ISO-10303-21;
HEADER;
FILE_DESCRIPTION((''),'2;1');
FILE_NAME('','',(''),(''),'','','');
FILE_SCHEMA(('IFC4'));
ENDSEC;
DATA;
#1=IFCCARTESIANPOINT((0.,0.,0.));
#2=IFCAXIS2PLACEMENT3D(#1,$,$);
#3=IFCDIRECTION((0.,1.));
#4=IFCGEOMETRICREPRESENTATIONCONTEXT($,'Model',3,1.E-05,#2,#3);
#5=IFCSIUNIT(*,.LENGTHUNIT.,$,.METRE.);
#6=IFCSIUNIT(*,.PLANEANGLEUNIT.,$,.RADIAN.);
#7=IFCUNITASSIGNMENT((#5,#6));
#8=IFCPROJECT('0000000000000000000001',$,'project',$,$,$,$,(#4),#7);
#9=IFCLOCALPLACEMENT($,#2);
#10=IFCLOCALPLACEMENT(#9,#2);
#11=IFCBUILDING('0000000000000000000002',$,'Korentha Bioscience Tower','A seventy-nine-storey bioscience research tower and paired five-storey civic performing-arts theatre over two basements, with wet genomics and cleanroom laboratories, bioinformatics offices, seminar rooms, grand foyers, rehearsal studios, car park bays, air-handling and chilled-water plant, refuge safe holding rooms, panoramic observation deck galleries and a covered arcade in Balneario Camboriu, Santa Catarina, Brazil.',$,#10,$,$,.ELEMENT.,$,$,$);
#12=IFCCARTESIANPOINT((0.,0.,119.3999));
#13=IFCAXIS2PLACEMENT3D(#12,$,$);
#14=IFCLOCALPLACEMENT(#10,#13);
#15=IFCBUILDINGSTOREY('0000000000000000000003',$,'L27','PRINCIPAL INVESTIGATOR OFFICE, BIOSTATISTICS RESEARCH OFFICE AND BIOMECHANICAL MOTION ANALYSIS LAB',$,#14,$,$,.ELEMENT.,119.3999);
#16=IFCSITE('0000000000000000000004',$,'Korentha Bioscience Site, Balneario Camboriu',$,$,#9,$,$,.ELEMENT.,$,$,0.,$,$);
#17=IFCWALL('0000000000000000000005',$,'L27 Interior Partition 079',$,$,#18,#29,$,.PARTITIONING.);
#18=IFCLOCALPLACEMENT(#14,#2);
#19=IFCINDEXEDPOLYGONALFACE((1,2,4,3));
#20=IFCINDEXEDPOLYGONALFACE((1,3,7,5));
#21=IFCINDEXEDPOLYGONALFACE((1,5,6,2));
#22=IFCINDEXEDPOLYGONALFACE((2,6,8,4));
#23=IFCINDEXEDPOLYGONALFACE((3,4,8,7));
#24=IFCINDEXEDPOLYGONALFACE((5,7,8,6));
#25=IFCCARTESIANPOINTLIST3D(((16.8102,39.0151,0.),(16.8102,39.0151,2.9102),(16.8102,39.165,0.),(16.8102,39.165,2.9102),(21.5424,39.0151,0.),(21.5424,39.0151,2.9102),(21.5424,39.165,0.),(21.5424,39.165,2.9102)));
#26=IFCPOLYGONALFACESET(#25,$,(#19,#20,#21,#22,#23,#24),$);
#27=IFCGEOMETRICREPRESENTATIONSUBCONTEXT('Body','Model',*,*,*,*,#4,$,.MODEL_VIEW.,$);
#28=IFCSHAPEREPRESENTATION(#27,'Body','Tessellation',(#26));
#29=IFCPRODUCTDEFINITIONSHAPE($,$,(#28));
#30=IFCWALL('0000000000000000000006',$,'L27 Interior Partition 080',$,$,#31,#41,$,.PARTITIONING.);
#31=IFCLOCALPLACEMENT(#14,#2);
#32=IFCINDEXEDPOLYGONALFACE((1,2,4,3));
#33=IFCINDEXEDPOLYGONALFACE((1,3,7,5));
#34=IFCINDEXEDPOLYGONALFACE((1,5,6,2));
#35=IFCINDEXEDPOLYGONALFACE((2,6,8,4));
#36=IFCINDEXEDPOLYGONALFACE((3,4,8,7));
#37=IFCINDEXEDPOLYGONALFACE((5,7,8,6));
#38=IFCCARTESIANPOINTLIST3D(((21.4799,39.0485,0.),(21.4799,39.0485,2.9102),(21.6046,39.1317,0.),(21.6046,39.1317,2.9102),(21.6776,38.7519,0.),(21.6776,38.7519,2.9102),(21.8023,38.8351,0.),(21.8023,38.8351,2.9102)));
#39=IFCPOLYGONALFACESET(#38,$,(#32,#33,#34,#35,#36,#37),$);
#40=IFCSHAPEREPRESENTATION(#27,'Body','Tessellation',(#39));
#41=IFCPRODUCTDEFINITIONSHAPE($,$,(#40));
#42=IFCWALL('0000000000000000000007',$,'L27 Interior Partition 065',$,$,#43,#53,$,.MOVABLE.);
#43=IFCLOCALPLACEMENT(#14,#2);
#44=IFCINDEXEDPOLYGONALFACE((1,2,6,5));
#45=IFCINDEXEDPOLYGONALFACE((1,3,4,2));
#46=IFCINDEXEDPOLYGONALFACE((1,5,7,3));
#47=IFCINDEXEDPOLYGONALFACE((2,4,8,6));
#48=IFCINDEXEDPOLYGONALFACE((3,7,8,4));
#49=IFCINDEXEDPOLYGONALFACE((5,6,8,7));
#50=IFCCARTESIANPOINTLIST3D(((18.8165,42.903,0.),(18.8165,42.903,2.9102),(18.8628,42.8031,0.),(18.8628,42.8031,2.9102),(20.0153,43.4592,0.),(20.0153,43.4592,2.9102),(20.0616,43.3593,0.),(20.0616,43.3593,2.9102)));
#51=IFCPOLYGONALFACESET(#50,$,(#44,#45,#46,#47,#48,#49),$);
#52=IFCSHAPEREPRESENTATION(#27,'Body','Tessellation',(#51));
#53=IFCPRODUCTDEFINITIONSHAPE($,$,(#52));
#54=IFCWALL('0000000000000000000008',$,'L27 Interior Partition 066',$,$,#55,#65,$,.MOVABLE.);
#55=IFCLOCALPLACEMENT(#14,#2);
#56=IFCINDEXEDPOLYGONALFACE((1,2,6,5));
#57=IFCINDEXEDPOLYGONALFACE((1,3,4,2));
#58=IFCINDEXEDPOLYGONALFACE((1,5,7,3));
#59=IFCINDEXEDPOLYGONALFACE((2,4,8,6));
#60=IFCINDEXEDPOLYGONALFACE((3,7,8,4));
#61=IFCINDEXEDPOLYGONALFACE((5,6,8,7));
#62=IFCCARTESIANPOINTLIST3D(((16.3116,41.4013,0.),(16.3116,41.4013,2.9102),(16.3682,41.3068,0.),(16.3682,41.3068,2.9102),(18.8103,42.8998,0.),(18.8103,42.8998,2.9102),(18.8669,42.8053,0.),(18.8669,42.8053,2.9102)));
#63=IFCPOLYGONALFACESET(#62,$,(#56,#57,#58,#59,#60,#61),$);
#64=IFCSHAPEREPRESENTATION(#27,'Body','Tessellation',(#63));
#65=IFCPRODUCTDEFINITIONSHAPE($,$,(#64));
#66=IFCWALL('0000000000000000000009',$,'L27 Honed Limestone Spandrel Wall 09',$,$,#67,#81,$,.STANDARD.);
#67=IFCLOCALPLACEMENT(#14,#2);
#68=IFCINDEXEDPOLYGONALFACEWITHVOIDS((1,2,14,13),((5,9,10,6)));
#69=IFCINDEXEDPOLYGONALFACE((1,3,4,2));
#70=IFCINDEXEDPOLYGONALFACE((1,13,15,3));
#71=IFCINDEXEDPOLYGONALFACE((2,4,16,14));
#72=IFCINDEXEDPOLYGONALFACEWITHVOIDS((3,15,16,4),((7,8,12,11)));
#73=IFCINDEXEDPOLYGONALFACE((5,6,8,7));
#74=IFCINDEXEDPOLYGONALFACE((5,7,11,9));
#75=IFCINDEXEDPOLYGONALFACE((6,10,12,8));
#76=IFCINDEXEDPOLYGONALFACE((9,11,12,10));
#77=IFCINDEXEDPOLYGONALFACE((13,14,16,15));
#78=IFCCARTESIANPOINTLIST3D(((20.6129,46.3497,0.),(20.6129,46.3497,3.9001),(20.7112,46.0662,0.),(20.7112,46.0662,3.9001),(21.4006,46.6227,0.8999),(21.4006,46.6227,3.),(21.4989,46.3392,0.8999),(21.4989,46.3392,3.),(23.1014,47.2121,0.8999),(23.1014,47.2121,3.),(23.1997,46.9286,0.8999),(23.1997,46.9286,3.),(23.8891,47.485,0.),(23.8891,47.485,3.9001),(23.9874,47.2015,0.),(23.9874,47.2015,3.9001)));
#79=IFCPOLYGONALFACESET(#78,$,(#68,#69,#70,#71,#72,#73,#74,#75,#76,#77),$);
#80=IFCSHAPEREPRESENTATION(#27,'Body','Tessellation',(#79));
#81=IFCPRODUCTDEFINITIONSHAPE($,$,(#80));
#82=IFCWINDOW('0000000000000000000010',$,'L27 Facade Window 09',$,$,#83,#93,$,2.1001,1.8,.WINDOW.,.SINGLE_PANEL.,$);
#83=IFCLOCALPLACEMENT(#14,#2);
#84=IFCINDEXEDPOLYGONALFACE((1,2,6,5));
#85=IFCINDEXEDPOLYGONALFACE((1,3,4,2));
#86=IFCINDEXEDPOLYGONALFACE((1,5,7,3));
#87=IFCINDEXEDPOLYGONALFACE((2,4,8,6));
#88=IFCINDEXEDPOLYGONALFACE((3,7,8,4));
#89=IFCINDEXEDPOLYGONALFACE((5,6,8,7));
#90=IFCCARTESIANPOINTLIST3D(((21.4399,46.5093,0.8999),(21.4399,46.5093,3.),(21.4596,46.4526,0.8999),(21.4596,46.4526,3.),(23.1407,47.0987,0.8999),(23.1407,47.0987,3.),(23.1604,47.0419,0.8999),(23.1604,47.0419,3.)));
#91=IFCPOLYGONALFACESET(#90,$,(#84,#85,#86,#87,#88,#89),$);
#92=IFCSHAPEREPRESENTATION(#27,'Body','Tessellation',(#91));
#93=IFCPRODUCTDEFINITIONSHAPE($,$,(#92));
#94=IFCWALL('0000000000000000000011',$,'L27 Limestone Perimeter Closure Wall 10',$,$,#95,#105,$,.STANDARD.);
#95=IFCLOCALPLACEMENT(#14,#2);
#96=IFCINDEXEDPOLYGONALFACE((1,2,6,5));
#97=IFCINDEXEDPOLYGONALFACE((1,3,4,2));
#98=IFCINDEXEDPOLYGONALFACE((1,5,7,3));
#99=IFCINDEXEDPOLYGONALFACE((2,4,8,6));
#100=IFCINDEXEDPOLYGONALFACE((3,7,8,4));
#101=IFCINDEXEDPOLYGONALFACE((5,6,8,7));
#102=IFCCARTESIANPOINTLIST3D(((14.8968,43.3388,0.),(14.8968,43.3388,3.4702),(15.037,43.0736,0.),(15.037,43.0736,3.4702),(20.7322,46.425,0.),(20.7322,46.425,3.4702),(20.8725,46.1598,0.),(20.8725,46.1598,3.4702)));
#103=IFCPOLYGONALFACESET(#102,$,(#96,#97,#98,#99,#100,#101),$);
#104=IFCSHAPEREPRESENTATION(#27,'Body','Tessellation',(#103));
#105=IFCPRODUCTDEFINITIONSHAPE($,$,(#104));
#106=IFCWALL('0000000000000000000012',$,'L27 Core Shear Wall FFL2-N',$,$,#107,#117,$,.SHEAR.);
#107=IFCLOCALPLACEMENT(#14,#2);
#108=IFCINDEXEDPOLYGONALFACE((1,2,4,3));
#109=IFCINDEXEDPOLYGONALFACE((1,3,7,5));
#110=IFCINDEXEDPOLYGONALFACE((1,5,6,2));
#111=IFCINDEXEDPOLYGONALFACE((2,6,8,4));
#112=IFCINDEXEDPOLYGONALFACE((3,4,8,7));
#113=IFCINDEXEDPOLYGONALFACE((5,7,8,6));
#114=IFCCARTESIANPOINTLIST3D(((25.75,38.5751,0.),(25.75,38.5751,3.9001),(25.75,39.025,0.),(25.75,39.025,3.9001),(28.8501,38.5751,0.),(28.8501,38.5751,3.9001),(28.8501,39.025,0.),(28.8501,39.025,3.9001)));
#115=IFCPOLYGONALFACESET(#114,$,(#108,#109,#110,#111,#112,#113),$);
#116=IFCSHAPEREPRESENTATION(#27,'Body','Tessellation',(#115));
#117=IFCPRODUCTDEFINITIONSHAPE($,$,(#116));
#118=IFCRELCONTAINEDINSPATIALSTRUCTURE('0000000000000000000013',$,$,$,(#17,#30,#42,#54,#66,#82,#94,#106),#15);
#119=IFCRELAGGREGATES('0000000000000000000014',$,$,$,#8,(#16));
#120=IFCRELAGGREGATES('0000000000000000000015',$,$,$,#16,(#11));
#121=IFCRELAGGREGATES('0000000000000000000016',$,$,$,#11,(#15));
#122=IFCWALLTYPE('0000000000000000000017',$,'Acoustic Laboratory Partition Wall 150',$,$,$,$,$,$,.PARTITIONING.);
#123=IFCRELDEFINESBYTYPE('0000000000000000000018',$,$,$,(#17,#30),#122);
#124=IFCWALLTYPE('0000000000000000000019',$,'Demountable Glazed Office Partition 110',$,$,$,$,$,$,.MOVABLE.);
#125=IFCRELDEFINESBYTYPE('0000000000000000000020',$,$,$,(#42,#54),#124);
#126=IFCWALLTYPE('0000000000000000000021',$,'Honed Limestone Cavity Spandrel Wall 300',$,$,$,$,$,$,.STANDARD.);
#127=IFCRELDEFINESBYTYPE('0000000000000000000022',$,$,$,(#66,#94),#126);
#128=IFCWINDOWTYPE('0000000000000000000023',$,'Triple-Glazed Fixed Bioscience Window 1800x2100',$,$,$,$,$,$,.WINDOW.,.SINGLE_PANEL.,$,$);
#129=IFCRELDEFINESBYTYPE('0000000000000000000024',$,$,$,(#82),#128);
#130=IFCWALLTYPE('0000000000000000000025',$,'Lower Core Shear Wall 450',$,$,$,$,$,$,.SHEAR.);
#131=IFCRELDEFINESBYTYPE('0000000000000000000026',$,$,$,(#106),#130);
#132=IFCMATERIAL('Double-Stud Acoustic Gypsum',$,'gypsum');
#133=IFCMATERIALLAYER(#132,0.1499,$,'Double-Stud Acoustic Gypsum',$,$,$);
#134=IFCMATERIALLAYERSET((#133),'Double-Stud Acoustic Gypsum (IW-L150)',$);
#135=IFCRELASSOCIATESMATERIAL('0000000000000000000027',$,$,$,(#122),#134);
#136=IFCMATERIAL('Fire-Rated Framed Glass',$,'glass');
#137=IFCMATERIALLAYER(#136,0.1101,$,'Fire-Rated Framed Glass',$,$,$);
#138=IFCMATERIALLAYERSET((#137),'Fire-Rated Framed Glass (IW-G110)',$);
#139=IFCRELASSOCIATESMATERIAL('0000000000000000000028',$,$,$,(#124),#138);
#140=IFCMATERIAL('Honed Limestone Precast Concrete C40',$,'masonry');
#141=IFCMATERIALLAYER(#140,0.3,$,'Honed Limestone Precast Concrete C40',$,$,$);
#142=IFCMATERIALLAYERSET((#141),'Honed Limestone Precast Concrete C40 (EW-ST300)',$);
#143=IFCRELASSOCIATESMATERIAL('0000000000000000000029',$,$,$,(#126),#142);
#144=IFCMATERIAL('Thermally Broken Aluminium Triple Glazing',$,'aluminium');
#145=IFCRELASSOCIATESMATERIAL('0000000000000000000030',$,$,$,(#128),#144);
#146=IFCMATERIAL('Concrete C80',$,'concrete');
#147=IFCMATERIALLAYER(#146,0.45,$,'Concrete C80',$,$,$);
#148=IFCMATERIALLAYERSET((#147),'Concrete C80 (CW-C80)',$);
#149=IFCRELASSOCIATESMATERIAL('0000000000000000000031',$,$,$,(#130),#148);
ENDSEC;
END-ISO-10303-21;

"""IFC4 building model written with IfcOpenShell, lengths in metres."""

from ifc_helpers import new_model, si_unit, direction, frame, frame_2d, origin, place, context, subcontext, project, spatial, rectangle, extrude, material, layer, layer_set, type_object, element, fill, save


model = new_model("IFC4")

# Units and contexts
model_context = context("Model", 3, precision=1e-05, world=origin(), true_north=direction((0.0, 1.0)))
body_context = subcontext(model_context, "Body", "Model", "MODEL_VIEW")
ifc_project = project(units=[si_unit("LENGTHUNIT", "METRE"), si_unit("PLANEANGLEUNIT", "RADIAN")], contexts=[model_context])

# Site, building, storey
site_placement = place(None, origin())
site = spatial("IfcSite", under=ifc_project, at=site_placement, Name="Korentha Bioscience Site, Balneario Camboriu", CompositionType="ELEMENT", RefElevation=0.0)
building_placement = place(site_placement, origin())
building = spatial("IfcBuilding", under=site, at=building_placement, Name="Korentha Bioscience Tower", Description="A seventy-nine-storey bioscience research tower and paired five-storey civic performing-arts theatre over two basements, with wet genomics and cleanroom laboratories, bioinformatics offices, seminar rooms, grand foyers, rehearsal studios, car park bays, air-handling and chilled-water plant, refuge safe holding rooms, panoramic observation deck galleries and a covered arcade in Balneario Camboriu, Santa Catarina, Brazil.", CompositionType="ELEMENT")
storey_placement = place(building_placement, frame((0.0, 0.0, 119.3999)))
storey = spatial("IfcBuildingStorey", under=building, at=storey_placement, Name="L27", Description="PRINCIPAL INVESTIGATOR OFFICE, BIOSTATISTICS RESEARCH OFFICE AND BIOMECHANICAL MOTION ANALYSIS LAB", CompositionType="ELEMENT", Elevation=119.3999)

# Shared definitions
ifc_material_1 = material(Name="Concrete C80", Category="concrete")

# Walls
ifc_material_2 = material(Name="Double-Stud Acoustic Gypsum", Category="gypsum")
ifc_layer_1 = layer(ifc_material_2, 0.1499, Name="Double-Stud Acoustic Gypsum")
ifc_layer_set_1 = layer_set([ifc_layer_1], Name="Double-Stud Acoustic Gypsum (IW-L150)")
wall_type_1 = type_object("IfcWallType", Name="Acoustic Laboratory Partition Wall 150", PredefinedType="PARTITIONING", material=ifc_layer_set_1)
wall_1_placement = place(storey_placement, frame((16.8101, 39.0901, 0.0), z_axis=(0.0, 0.0, 1.0), x_axis=(1.0, 0.0, 0.0)))
element("IfcWall", 1, at=wall_1_placement, inside=storey, type_object=wall_type_1, Name="L27 Interior Partition 079", PredefinedType="PARTITIONING", context=body_context, shape_type="SweptSolid", body=[
    extrude(rectangle(XDim=4.7322, YDim=0.1499, at=frame_2d((2.3662, 0.0))), origin(), (0.0, 0.0, 1.0), 2.9102),
])
wall_2_placement = place(storey_placement, frame((21.5422, 39.0901, 0.0), z_axis=(0.0, 0.0, 1.0), x_axis=(0.5547, -0.83205, 0.0)))
element("IfcWall", 2, at=wall_2_placement, inside=storey, type_object=wall_type_1, Name="L27 Interior Partition 080", PredefinedType="PARTITIONING", context=body_context, shape_type="SweptSolid", body=[
    extrude(rectangle(XDim=0.3564, YDim=0.1499, at=frame_2d((0.1782, 0.0))), origin(), (0.0, 0.0, 1.0), 2.9102),
])
ifc_material_3 = material(Name="Fire-Rated Framed Glass", Category="glass")
ifc_layer_2 = layer(ifc_material_3, 0.1101, Name="Fire-Rated Framed Glass")
ifc_layer_set_2 = layer_set([ifc_layer_2], Name="Fire-Rated Framed Glass (IW-G110)")
wall_type_2 = type_object("IfcWallType", Name="Demountable Glazed Office Partition 110", PredefinedType="MOVABLE", material=ifc_layer_set_2)
wall_3_placement = place(storey_placement, frame((20.0383, 43.4092, 0.0), z_axis=(0.0, 0.0, 1.0), x_axis=(-0.907125, -0.420862, 0.0)))
element("IfcWall", 3, at=wall_3_placement, inside=storey, type_object=wall_type_2, Name="L27 Interior Partition 065", PredefinedType="MOVABLE", context=body_context, shape_type="SweptSolid", body=[
    extrude(rectangle(XDim=1.3215, YDim=0.1101, at=frame_2d((0.6606, 0.0))), origin(), (0.0, 0.0, 1.0), 2.9102),
])
wall_4_placement = place(storey_placement, frame((18.8386, 42.8525, 0.0), z_axis=(0.0, 0.0, 1.0), x_axis=(-0.857604, -0.514311, 0.0)))
element("IfcWall", 4, at=wall_4_placement, inside=storey, type_object=wall_type_2, Name="L27 Interior Partition 066", PredefinedType="MOVABLE", context=body_context, shape_type="SweptSolid", body=[
    extrude(rectangle(XDim=2.9136, YDim=0.1101, at=frame_2d((1.4568, 0.0))), origin(), (0.0, 0.0, 1.0), 2.9102),
])

# Shared definitions
ifc_material_4 = material(Name="Honed Limestone Precast Concrete C40", Category="masonry")
ifc_layer_3 = layer(ifc_material_4, 0.3, Name="Honed Limestone Precast Concrete C40")
ifc_layer_set_3 = layer_set([ifc_layer_3], Name="Honed Limestone Precast Concrete C40 (EW-ST300)")
wall_type_3 = type_object("IfcWallType", Name="Honed Limestone Cavity Spandrel Wall 300", PredefinedType="STANDARD", material=ifc_layer_set_3)

# Wall, opening, window
wall_5_placement = place(storey_placement, frame((23.9382, 47.3433, 0.0), z_axis=(0.0, 0.0, 1.0), x_axis=(-0.944878, -0.327423, 0.0)))
wall_5 = element("IfcWall", 5, at=wall_5_placement, inside=storey, type_object=wall_type_3, Name="L27 Honed Limestone Spandrel Wall 09", PredefinedType="STANDARD", context=body_context, shape_type="SweptSolid", body=[
    extrude(rectangle(XDim=3.4673, YDim=0.3, at=frame_2d((1.7336, 0.0))), origin(), (0.0, 0.0, 1.0), 3.9001),
])
opening_1_placement = place(wall_5_placement, frame((0.8337, 0.0, 0.8999)))
opening_1 = element("IfcOpeningElement", 6, at=opening_1_placement, cuts=wall_5, PredefinedType="OPENING", context=body_context, shape_type="SweptSolid", body=[
    extrude(rectangle(XDim=1.8, YDim=2.1001, at=frame_2d((0.8999, 1.05))), frame((0.0, 0.165, 0.0), z_axis=(0.0, -1.0, 0.0), x_axis=(1.0, 0.0, 0.0)), (0.0, 0.0, 1.0), 0.3298),
])
ifc_material_5 = material(Name="Thermally Broken Aluminium Triple Glazing", Category="aluminium")
window_type = type_object("IfcWindowType", Name="Triple-Glazed Fixed Bioscience Window 1800x2100", PartitioningType="SINGLE_PANEL", PredefinedType="WINDOW", material=ifc_material_5)
window_placement = place(opening_1_placement, origin())
window = element("IfcWindow", 7, at=window_placement, inside=storey, type_object=window_type, Name="L27 Facade Window 09", OverallHeight=2.1001, OverallWidth=1.8, PartitioningType="SINGLE_PANEL", PredefinedType="WINDOW", context=body_context, shape_type="SweptSolid", body=[
    extrude(rectangle(XDim=1.8, YDim=2.1001, at=frame_2d((0.8999, 1.05))), frame((0.0, 0.03, 0.0), z_axis=(0.0, -1.0, 0.0), x_axis=(1.0, 0.0, 0.0)), (0.0, 0.0, 1.0), 0.0601),
])
fill(opening_1, window)

# Walls
wall_6_placement = place(storey_placement, frame((20.8025, 46.2925, 0.0), z_axis=(0.0, 0.0, 1.0), x_axis=(-0.883987, -0.467512, 0.0)))
element("IfcWall", 8, at=wall_6_placement, inside=storey, type_object=wall_type_3, Name="L27 Limestone Perimeter Closure Wall 10", PredefinedType="STANDARD", context=body_context, shape_type="SweptSolid", body=[
    extrude(rectangle(XDim=6.6013, YDim=0.3, at=frame_2d((3.3008, 0.0))), origin(), (0.0, 0.0, 1.0), 3.4702),
])
ifc_layer_4 = layer(ifc_material_1, 0.45, Name="Concrete C80")
ifc_layer_set_4 = layer_set([ifc_layer_4], Name="Concrete C80 (CW-C80)")
wall_type_4 = type_object("IfcWallType", Name="Lower Core Shear Wall 450", PredefinedType="SHEAR", material=ifc_layer_set_4)
wall_7_placement = place(storey_placement, frame((25.75, 38.8, 0.0), z_axis=(0.0, 0.0, 1.0), x_axis=(1.0, 0.0, 0.0)))
element("IfcWall", 9, at=wall_7_placement, inside=storey, type_object=wall_type_4, Name="L27 Core Shear Wall FFL2-N", PredefinedType="SHEAR", context=body_context, shape_type="SweptSolid", body=[
    extrude(rectangle(XDim=3.1001, YDim=0.45, at=frame_2d((1.55, 0.0))), origin(), (0.0, 0.0, 1.0), 3.9001),
])

save(model, "model.ifc")
